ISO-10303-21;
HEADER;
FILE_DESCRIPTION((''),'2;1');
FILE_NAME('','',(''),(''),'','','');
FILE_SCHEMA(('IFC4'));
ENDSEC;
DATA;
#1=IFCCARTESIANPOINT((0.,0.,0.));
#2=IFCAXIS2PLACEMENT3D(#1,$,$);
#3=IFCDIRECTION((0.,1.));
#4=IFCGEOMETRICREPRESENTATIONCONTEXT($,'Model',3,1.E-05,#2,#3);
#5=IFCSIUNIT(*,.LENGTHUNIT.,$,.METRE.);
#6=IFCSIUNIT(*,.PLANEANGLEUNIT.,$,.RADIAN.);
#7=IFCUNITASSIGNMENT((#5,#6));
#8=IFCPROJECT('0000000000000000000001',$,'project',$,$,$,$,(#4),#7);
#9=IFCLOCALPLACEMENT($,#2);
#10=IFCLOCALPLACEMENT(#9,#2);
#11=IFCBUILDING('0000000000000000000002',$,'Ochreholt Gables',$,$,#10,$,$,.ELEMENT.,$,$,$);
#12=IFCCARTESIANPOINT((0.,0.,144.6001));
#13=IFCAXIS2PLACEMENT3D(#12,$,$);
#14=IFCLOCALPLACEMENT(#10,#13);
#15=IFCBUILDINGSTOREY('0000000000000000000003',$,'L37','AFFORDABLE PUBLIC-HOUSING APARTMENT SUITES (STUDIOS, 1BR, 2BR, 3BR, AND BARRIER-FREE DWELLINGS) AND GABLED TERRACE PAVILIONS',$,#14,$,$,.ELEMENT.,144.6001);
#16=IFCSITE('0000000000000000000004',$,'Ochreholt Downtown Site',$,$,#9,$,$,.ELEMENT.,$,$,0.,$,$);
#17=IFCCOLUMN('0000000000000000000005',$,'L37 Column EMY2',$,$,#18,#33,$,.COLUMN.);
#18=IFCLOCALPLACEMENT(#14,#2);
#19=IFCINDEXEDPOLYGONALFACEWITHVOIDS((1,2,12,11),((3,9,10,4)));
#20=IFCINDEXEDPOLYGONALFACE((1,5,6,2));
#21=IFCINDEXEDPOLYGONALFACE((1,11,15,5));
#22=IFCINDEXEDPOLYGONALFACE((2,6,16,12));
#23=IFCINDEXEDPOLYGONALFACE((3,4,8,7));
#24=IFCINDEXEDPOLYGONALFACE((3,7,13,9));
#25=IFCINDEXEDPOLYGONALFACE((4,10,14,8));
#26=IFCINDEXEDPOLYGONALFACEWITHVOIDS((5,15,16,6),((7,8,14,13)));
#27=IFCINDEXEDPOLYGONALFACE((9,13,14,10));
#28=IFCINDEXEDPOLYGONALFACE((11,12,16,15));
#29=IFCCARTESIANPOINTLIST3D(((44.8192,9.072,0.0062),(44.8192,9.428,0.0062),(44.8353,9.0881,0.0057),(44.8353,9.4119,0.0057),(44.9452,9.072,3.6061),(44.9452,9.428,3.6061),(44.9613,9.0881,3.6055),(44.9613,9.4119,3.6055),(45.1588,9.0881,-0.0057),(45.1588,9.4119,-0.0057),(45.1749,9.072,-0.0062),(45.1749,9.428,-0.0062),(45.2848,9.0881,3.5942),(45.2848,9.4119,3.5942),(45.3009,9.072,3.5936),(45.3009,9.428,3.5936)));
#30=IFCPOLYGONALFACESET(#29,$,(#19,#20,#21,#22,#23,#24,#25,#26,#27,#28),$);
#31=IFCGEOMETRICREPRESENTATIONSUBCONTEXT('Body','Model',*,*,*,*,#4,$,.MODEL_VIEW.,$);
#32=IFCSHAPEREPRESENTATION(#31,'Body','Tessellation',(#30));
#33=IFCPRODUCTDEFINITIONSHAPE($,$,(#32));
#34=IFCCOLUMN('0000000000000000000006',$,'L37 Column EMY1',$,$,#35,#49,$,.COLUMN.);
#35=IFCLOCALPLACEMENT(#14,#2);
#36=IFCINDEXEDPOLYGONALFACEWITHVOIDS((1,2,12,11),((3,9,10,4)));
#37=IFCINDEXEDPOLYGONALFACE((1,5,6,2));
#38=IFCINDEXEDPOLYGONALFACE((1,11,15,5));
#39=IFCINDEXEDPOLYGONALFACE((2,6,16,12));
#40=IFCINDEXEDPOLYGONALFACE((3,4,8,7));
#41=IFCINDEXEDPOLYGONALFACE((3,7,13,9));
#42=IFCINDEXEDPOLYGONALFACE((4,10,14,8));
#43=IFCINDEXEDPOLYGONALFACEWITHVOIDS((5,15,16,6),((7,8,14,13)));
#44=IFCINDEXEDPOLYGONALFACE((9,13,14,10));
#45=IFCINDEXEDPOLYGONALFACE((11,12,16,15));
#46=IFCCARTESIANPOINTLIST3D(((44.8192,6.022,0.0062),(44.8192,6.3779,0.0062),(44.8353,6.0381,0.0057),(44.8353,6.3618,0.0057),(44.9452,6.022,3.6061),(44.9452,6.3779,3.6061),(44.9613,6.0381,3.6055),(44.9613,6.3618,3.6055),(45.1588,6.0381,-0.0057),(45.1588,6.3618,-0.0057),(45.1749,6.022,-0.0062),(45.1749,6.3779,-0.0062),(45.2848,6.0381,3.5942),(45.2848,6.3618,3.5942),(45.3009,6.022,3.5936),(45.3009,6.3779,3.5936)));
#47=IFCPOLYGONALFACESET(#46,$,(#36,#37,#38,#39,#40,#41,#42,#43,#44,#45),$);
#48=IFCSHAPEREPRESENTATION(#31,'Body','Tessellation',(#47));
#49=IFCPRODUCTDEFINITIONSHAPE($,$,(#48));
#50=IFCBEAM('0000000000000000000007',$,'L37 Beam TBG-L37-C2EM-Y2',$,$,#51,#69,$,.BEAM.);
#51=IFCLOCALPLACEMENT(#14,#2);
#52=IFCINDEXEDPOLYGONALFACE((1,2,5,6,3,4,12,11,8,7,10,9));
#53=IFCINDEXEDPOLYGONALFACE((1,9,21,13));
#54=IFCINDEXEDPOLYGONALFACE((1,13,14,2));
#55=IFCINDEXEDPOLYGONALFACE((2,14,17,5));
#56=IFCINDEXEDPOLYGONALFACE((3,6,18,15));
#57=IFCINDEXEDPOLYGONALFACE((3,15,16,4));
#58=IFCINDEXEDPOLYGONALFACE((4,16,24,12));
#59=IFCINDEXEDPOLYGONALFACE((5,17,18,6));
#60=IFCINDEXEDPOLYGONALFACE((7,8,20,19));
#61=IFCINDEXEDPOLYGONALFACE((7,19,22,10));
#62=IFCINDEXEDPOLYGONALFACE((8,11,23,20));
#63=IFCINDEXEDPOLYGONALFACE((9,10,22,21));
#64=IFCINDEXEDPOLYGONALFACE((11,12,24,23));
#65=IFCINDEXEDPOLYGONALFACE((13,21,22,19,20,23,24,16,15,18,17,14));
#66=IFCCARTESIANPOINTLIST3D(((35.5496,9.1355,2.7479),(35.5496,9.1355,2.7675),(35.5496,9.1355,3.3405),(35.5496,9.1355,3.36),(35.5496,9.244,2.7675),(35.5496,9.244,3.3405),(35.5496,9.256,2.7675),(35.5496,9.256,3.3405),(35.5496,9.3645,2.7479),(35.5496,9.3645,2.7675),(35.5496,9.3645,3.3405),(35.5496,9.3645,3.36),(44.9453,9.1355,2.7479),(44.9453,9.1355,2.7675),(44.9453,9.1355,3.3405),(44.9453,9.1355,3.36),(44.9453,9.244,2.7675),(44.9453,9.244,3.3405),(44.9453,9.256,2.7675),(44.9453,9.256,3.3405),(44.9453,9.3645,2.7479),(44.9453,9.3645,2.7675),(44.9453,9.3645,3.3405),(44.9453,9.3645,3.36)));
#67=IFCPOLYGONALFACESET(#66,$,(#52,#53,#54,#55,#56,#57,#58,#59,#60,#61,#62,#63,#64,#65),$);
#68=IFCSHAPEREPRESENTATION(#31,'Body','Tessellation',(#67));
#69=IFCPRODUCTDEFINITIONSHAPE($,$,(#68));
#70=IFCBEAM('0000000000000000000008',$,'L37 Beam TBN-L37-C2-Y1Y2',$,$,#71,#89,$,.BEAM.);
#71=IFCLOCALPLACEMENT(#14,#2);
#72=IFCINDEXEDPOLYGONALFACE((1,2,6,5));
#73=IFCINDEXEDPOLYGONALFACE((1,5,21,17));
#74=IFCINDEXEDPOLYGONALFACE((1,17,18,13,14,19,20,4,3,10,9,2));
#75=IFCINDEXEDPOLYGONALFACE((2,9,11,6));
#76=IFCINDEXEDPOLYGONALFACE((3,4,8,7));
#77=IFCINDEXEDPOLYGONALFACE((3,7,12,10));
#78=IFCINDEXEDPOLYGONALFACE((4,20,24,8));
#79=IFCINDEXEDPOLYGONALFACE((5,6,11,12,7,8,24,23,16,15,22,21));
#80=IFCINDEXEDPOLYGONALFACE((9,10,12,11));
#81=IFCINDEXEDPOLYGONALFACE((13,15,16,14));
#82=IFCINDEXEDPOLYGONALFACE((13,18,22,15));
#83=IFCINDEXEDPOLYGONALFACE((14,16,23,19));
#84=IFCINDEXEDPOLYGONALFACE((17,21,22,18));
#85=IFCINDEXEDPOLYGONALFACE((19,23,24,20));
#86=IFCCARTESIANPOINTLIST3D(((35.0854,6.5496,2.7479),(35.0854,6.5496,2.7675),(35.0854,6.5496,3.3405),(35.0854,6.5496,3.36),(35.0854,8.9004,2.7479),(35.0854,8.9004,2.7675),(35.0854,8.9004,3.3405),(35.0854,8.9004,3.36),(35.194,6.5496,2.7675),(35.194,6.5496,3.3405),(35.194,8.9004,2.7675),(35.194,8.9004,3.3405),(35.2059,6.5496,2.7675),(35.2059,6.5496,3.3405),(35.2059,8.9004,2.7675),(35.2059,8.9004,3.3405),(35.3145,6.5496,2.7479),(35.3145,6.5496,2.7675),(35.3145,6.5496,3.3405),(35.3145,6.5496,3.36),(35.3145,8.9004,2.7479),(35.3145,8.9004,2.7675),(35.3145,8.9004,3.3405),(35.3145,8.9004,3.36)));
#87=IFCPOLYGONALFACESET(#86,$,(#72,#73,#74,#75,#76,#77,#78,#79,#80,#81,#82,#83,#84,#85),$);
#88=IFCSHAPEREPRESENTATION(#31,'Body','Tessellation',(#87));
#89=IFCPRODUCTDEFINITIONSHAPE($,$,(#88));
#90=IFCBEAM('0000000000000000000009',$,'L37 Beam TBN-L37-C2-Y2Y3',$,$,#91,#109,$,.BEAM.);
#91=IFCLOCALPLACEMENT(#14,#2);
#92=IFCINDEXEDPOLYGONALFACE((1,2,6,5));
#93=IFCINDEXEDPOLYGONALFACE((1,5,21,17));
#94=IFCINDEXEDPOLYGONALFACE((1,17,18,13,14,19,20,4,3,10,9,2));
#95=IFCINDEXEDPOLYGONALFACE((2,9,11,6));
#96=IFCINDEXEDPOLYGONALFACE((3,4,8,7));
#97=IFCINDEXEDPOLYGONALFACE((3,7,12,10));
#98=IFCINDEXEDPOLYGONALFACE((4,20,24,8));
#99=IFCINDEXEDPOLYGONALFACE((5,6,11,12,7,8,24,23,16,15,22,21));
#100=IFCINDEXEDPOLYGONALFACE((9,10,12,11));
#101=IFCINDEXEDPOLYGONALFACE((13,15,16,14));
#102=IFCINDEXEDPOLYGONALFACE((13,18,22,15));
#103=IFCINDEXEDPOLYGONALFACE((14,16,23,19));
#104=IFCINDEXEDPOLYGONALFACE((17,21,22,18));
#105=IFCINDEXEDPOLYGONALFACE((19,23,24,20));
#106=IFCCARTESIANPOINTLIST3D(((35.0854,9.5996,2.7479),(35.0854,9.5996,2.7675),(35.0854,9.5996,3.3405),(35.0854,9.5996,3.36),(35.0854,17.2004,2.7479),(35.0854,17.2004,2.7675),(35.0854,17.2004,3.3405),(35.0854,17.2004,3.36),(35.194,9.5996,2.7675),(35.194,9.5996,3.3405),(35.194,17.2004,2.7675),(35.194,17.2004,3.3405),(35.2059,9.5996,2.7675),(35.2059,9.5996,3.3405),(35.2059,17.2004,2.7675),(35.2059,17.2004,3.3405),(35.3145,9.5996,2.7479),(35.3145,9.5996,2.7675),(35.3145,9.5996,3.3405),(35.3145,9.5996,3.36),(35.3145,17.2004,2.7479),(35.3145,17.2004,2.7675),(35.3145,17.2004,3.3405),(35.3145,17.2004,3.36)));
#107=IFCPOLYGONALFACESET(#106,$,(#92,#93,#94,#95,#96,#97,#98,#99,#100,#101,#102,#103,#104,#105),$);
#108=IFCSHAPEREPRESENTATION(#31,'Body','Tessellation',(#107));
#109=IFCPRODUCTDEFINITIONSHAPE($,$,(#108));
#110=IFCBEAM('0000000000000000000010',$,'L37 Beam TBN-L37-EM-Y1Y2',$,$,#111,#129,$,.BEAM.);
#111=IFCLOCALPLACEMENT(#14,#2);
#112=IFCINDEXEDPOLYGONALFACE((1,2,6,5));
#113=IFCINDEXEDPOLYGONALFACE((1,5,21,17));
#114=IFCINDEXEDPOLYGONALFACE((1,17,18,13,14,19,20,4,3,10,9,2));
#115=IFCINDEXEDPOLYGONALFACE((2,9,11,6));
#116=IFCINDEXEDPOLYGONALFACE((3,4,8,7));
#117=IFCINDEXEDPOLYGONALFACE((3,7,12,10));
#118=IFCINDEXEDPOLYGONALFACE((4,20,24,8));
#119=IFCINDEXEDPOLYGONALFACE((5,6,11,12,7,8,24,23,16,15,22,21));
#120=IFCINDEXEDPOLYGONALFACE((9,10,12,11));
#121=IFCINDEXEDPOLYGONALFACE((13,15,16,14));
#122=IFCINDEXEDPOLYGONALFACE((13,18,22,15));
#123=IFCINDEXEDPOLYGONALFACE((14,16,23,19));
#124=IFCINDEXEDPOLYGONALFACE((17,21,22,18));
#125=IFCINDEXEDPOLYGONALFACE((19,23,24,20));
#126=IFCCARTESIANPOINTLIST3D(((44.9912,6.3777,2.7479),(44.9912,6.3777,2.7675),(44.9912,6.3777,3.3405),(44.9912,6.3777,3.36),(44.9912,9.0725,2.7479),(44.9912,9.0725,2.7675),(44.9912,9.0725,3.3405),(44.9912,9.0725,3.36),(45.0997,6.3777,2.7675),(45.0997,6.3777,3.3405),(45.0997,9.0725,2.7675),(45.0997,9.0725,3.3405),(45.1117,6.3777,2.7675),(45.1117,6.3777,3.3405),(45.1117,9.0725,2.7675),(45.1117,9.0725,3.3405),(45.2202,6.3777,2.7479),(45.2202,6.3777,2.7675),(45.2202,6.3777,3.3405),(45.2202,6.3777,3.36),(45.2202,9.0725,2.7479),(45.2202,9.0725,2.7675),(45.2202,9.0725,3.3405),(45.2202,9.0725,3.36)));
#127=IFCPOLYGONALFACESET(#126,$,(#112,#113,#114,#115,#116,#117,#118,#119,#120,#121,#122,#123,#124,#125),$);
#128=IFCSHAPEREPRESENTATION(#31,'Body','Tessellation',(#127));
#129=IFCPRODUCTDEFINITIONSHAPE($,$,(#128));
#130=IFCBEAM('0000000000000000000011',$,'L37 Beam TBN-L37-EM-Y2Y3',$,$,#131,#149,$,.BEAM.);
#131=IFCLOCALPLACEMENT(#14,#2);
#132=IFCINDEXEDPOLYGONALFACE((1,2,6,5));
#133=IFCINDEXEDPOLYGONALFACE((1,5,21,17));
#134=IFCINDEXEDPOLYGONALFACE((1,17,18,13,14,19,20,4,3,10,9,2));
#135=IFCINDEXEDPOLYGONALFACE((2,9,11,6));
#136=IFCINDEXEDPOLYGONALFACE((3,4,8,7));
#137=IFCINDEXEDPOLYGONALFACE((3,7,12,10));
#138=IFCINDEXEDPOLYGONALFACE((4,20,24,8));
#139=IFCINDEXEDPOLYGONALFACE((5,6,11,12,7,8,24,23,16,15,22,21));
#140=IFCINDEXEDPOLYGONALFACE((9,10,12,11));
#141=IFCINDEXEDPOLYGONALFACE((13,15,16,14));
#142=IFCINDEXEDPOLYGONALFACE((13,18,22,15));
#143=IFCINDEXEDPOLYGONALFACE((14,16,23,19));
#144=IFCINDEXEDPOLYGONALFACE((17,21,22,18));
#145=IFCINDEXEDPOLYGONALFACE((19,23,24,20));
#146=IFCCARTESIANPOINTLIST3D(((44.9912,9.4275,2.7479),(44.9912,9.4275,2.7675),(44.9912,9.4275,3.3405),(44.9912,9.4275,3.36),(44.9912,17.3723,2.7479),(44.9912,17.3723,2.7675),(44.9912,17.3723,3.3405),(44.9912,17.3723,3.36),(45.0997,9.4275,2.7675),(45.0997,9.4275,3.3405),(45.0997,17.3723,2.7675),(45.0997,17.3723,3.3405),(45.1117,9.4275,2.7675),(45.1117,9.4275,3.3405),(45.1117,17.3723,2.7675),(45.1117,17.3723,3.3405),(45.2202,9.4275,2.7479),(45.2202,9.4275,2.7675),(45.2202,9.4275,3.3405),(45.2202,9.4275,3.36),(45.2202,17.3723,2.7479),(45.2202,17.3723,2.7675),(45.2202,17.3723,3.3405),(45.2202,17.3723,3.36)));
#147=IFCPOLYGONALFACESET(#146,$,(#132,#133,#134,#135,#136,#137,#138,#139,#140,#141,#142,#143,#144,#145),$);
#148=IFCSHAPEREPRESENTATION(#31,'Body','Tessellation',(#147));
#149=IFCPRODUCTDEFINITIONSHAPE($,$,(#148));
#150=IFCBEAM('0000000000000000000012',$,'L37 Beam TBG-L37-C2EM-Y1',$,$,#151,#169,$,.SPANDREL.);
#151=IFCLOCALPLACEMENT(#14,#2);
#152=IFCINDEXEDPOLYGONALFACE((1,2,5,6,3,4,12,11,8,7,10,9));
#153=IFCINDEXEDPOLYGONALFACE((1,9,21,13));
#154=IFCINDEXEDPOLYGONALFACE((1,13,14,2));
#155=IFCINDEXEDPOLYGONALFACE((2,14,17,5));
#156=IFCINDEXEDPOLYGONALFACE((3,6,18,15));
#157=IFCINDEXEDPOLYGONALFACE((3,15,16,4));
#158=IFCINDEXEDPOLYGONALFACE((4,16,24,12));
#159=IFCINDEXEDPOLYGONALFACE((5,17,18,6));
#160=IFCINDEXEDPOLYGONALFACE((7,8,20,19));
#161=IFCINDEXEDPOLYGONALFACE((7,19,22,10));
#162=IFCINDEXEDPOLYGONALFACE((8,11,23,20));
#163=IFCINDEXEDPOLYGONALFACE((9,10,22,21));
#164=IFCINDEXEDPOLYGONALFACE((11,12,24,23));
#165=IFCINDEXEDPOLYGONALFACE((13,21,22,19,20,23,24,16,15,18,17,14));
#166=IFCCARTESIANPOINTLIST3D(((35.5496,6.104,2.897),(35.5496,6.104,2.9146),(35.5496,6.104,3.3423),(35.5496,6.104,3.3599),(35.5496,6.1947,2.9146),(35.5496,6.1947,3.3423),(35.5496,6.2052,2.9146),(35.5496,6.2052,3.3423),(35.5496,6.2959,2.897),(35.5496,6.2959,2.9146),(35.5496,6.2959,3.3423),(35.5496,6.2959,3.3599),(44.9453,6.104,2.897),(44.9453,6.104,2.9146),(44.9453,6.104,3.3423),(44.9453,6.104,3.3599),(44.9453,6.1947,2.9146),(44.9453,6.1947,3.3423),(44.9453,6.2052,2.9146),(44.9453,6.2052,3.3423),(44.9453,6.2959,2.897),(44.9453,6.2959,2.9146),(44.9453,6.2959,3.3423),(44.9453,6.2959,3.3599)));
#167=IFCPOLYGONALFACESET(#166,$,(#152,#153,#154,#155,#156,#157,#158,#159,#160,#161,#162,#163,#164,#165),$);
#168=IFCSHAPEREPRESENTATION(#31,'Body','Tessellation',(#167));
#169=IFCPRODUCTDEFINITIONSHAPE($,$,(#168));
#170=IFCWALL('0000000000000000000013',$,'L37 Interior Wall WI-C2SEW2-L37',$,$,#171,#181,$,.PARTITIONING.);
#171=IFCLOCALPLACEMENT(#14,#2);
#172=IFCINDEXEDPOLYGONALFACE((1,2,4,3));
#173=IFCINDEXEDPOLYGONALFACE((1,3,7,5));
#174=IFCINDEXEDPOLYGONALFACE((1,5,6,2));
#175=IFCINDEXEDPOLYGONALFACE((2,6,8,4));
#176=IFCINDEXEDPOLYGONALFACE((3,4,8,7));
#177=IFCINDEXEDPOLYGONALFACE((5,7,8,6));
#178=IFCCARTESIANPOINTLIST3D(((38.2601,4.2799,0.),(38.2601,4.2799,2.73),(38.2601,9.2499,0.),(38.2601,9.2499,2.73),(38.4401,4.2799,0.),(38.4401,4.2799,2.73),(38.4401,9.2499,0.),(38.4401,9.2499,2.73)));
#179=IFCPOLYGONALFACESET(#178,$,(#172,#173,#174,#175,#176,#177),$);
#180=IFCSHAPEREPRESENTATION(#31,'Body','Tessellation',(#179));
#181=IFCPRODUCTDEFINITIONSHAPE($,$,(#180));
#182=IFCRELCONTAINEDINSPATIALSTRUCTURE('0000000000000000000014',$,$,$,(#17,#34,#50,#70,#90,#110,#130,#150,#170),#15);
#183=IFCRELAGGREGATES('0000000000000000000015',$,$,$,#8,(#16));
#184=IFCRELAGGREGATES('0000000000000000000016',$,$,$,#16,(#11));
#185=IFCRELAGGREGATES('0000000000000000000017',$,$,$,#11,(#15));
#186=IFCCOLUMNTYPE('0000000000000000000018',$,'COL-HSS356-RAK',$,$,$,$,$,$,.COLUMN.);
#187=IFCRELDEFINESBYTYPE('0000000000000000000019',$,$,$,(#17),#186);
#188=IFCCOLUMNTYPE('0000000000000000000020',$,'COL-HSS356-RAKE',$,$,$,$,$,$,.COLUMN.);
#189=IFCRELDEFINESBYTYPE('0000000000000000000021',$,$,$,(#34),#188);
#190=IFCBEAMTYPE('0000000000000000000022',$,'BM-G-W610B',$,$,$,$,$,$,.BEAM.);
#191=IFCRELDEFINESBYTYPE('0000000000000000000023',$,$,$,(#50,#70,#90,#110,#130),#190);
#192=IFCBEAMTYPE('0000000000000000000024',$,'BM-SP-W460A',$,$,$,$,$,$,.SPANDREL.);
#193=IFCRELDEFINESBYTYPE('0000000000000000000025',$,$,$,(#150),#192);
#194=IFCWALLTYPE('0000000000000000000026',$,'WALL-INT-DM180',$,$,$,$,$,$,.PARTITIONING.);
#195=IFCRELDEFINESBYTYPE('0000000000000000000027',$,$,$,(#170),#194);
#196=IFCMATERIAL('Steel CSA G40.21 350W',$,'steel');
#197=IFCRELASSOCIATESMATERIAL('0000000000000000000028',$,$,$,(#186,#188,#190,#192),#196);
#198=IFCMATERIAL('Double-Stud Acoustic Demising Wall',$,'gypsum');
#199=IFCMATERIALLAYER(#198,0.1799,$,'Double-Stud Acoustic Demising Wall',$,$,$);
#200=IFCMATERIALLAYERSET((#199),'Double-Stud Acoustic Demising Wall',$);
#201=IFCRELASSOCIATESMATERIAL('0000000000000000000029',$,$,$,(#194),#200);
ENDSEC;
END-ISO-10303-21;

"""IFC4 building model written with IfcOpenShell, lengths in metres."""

from ifc_helpers import new_model, si_unit, direction, frame, frame_2d, origin, origin_2d, place, context, subcontext, project, spatial, rectangle, hollow_rectangle, i_section, extrude, material, layer, layer_set, material_profile, profile_set, type_object, element, save


model = new_model("IFC4")

# Units and contexts
model_context = context("Model", 3, precision=1e-05, world=origin(), true_north=direction((0.0, 1.0)))
body_context = subcontext(model_context, "Body", "Model", "MODEL_VIEW")
ifc_project = project(units=[si_unit("LENGTHUNIT", "METRE"), si_unit("PLANEANGLEUNIT", "RADIAN")], contexts=[model_context])

# Site, building, storey
site_placement = place(None, origin())
site = spatial("IfcSite", under=ifc_project, at=site_placement, Name="Ochreholt Downtown Site", CompositionType="ELEMENT", RefElevation=0.0)
building_placement = place(site_placement, origin())
building = spatial("IfcBuilding", under=site, at=building_placement, Name="Ochreholt Gables", CompositionType="ELEMENT")
storey_placement = place(building_placement, frame((0.0, 0.0, 144.6001)))
storey = spatial("IfcBuildingStorey", under=building, at=storey_placement, Name="L37", Description="AFFORDABLE PUBLIC-HOUSING APARTMENT SUITES (STUDIOS, 1BR, 2BR, 3BR, AND BARRIER-FREE DWELLINGS) AND GABLED TERRACE PAVILIONS", CompositionType="ELEMENT", Elevation=144.6001)

# Columns
ifc_material_1 = material(Name="Steel CSA G40.21 350W", Category="steel")
ifc_material_profile_1 = material_profile(ifc_material_1, hollow_rectangle(XDim=0.356, YDim=0.356, WallThickness=0.0161, at=origin_2d()), Name="HSS356X356X16")
ifc_profile_set_1 = profile_set([ifc_material_profile_1], Name="Steel CSA G40.21 350W")
column_type_1 = type_object("IfcColumnType", Name="COL-HSS356-RAK", PredefinedType="COLUMN", material=ifc_profile_set_1)
column_1_placement = place(storey_placement, frame((44.9971, 9.25, 0.0), z_axis=(0.034974, 0.0, 0.999388), x_axis=(0.0, 1.0, 0.0)))
element("IfcColumn", 1, at=column_1_placement, inside=storey, type_object=column_type_1, Name="L37 Column EMY2", PredefinedType="COLUMN", context=body_context, shape_type="SweptSolid", body=[
    extrude(hollow_rectangle(XDim=0.356, YDim=0.356, WallThickness=0.0161, at=origin_2d()), origin(), (0.0, 0.0, 1.0), 3.6021),
])
ifc_material_profile_2 = material_profile(ifc_material_1, hollow_rectangle(XDim=0.356, YDim=0.356, WallThickness=0.0161, at=origin_2d()), Name="HSS356X356X16")
ifc_profile_set_2 = profile_set([ifc_material_profile_2], Name="Steel CSA G40.21 350W")
column_type_2 = type_object("IfcColumnType", Name="COL-HSS356-RAKE", PredefinedType="COLUMN", material=ifc_profile_set_2)
column_2_placement = place(storey_placement, frame((44.9971, 6.2, 0.0), z_axis=(0.034974, 0.0, 0.999388), x_axis=(0.0, 1.0, 0.0)))
element("IfcColumn", 2, at=column_2_placement, inside=storey, type_object=column_type_2, Name="L37 Column EMY1", PredefinedType="COLUMN", context=body_context, shape_type="SweptSolid", body=[
    extrude(hollow_rectangle(XDim=0.356, YDim=0.356, WallThickness=0.0161, at=origin_2d()), origin(), (0.0, 0.0, 1.0), 3.6021),
])

# Beams
ifc_material_profile_3 = material_profile(ifc_material_1, i_section(OverallWidth=0.229, OverallDepth=0.6121, WebThickness=0.012, FlangeThickness=0.0195, at=origin_2d()), Name="W610X125")
ifc_profile_set_3 = profile_set([ifc_material_profile_3], Name="Steel CSA G40.21 350W")
beam_type_1 = type_object("IfcBeamType", Name="BM-G-W610B", PredefinedType="BEAM", material=ifc_profile_set_3)
beam_1_placement = place(storey_placement, frame((35.5496, 9.25, 3.054), z_axis=(1.0, 0.0, 0.0), x_axis=(0.0, 1.0, 0.0)))
element("IfcBeam", 3, at=beam_1_placement, inside=storey, type_object=beam_type_1, Name="L37 Beam TBG-L37-C2EM-Y2", PredefinedType="BEAM", context=body_context, shape_type="SweptSolid", body=[
    extrude(i_section(OverallWidth=0.229, OverallDepth=0.6121, WebThickness=0.012, FlangeThickness=0.0195, at=origin_2d()), origin(), (0.0, 0.0, 1.0), 9.3958),
])
beam_2_placement = place(storey_placement, frame((35.2, 6.5496, 3.054), z_axis=(0.0, 1.0, 0.0), x_axis=(-1.0, 0.0, 0.0)))
element("IfcBeam", 4, at=beam_2_placement, inside=storey, type_object=beam_type_1, Name="L37 Beam TBN-L37-C2-Y1Y2", PredefinedType="BEAM", context=body_context, shape_type="SweptSolid", body=[
    extrude(i_section(OverallWidth=0.229, OverallDepth=0.6121, WebThickness=0.012, FlangeThickness=0.0195, at=origin_2d()), origin(), (0.0, 0.0, 1.0), 2.3508),
])
beam_3_placement = place(storey_placement, frame((35.2, 9.5996, 3.054), z_axis=(0.0, 1.0, 0.0), x_axis=(-1.0, 0.0, 0.0)))
element("IfcBeam", 5, at=beam_3_placement, inside=storey, type_object=beam_type_1, Name="L37 Beam TBN-L37-C2-Y2Y3", PredefinedType="BEAM", context=body_context, shape_type="SweptSolid", body=[
    extrude(i_section(OverallWidth=0.229, OverallDepth=0.6121, WebThickness=0.012, FlangeThickness=0.0195, at=origin_2d()), origin(), (0.0, 0.0, 1.0), 7.6008),
])
beam_4_placement = place(storey_placement, frame((45.1057, 6.3777, 3.054), z_axis=(0.0, 1.0, 0.0), x_axis=(-1.0, 0.0, 0.0)))
element("IfcBeam", 6, at=beam_4_placement, inside=storey, type_object=beam_type_1, Name="L37 Beam TBN-L37-EM-Y1Y2", PredefinedType="BEAM", context=body_context, shape_type="SweptSolid", body=[
    extrude(i_section(OverallWidth=0.229, OverallDepth=0.6121, WebThickness=0.012, FlangeThickness=0.0195, at=origin_2d()), origin(), (0.0, 0.0, 1.0), 2.6948),
])
beam_5_placement = place(storey_placement, frame((45.1057, 9.4275, 3.054), z_axis=(0.0, 1.0, 0.0), x_axis=(-1.0, 0.0, 0.0)))
element("IfcBeam", 7, at=beam_5_placement, inside=storey, type_object=beam_type_1, Name="L37 Beam TBN-L37-EM-Y2Y3", PredefinedType="BEAM", context=body_context, shape_type="SweptSolid", body=[
    extrude(i_section(OverallWidth=0.229, OverallDepth=0.6121, WebThickness=0.012, FlangeThickness=0.0195, at=origin_2d()), origin(), (0.0, 0.0, 1.0), 7.9448),
])
ifc_material_profile_4 = material_profile(ifc_material_1, i_section(OverallWidth=0.1919, OverallDepth=0.4629, WebThickness=0.0105, FlangeThickness=0.0176, at=origin_2d()), Name="W460X89")
ifc_profile_set_4 = profile_set([ifc_material_profile_4], Name="Steel CSA G40.21 350W")
beam_type_2 = type_object("IfcBeamType", Name="BM-SP-W460A", PredefinedType="SPANDREL", material=ifc_profile_set_4)
beam_6_placement = place(storey_placement, frame((35.5496, 6.2, 3.1284), z_axis=(1.0, 0.0, 0.0), x_axis=(0.0, 1.0, 0.0)))
element("IfcBeam", 8, at=beam_6_placement, inside=storey, type_object=beam_type_2, Name="L37 Beam TBG-L37-C2EM-Y1", PredefinedType="SPANDREL", context=body_context, shape_type="SweptSolid", body=[
    extrude(i_section(OverallWidth=0.1919, OverallDepth=0.4629, WebThickness=0.0105, FlangeThickness=0.0176, at=origin_2d()), origin(), (0.0, 0.0, 1.0), 9.3958),
])

# Shared definitions
ifc_material_2 = material(Name="Double-Stud Acoustic Demising Wall", Category="gypsum")
ifc_layer_1 = layer(ifc_material_2, 0.1799, Name="Double-Stud Acoustic Demising Wall")
ifc_layer_set_1 = layer_set([ifc_layer_1], Name="Double-Stud Acoustic Demising Wall")
wall_type_1 = type_object("IfcWallType", Name="WALL-INT-DM180", PredefinedType="PARTITIONING", material=ifc_layer_set_1)

# Wall
wall_1_placement = place(storey_placement, frame((38.3501, 4.28, 0.0), z_axis=(0.0, 0.0, 1.0), x_axis=(0.0, 1.0, 0.0)))
element("IfcWall", 9, at=wall_1_placement, inside=storey, type_object=wall_type_1, Name="L37 Interior Wall WI-C2SEW2-L37", PredefinedType="PARTITIONING", context=body_context, shape_type="SweptSolid", body=[
    extrude(rectangle(XDim=4.97, YDim=0.1799, at=frame_2d((2.4849, 0.0))), origin(), (0.0, 0.0, 1.0), 2.73),
])

save(model, "model.ifc")
